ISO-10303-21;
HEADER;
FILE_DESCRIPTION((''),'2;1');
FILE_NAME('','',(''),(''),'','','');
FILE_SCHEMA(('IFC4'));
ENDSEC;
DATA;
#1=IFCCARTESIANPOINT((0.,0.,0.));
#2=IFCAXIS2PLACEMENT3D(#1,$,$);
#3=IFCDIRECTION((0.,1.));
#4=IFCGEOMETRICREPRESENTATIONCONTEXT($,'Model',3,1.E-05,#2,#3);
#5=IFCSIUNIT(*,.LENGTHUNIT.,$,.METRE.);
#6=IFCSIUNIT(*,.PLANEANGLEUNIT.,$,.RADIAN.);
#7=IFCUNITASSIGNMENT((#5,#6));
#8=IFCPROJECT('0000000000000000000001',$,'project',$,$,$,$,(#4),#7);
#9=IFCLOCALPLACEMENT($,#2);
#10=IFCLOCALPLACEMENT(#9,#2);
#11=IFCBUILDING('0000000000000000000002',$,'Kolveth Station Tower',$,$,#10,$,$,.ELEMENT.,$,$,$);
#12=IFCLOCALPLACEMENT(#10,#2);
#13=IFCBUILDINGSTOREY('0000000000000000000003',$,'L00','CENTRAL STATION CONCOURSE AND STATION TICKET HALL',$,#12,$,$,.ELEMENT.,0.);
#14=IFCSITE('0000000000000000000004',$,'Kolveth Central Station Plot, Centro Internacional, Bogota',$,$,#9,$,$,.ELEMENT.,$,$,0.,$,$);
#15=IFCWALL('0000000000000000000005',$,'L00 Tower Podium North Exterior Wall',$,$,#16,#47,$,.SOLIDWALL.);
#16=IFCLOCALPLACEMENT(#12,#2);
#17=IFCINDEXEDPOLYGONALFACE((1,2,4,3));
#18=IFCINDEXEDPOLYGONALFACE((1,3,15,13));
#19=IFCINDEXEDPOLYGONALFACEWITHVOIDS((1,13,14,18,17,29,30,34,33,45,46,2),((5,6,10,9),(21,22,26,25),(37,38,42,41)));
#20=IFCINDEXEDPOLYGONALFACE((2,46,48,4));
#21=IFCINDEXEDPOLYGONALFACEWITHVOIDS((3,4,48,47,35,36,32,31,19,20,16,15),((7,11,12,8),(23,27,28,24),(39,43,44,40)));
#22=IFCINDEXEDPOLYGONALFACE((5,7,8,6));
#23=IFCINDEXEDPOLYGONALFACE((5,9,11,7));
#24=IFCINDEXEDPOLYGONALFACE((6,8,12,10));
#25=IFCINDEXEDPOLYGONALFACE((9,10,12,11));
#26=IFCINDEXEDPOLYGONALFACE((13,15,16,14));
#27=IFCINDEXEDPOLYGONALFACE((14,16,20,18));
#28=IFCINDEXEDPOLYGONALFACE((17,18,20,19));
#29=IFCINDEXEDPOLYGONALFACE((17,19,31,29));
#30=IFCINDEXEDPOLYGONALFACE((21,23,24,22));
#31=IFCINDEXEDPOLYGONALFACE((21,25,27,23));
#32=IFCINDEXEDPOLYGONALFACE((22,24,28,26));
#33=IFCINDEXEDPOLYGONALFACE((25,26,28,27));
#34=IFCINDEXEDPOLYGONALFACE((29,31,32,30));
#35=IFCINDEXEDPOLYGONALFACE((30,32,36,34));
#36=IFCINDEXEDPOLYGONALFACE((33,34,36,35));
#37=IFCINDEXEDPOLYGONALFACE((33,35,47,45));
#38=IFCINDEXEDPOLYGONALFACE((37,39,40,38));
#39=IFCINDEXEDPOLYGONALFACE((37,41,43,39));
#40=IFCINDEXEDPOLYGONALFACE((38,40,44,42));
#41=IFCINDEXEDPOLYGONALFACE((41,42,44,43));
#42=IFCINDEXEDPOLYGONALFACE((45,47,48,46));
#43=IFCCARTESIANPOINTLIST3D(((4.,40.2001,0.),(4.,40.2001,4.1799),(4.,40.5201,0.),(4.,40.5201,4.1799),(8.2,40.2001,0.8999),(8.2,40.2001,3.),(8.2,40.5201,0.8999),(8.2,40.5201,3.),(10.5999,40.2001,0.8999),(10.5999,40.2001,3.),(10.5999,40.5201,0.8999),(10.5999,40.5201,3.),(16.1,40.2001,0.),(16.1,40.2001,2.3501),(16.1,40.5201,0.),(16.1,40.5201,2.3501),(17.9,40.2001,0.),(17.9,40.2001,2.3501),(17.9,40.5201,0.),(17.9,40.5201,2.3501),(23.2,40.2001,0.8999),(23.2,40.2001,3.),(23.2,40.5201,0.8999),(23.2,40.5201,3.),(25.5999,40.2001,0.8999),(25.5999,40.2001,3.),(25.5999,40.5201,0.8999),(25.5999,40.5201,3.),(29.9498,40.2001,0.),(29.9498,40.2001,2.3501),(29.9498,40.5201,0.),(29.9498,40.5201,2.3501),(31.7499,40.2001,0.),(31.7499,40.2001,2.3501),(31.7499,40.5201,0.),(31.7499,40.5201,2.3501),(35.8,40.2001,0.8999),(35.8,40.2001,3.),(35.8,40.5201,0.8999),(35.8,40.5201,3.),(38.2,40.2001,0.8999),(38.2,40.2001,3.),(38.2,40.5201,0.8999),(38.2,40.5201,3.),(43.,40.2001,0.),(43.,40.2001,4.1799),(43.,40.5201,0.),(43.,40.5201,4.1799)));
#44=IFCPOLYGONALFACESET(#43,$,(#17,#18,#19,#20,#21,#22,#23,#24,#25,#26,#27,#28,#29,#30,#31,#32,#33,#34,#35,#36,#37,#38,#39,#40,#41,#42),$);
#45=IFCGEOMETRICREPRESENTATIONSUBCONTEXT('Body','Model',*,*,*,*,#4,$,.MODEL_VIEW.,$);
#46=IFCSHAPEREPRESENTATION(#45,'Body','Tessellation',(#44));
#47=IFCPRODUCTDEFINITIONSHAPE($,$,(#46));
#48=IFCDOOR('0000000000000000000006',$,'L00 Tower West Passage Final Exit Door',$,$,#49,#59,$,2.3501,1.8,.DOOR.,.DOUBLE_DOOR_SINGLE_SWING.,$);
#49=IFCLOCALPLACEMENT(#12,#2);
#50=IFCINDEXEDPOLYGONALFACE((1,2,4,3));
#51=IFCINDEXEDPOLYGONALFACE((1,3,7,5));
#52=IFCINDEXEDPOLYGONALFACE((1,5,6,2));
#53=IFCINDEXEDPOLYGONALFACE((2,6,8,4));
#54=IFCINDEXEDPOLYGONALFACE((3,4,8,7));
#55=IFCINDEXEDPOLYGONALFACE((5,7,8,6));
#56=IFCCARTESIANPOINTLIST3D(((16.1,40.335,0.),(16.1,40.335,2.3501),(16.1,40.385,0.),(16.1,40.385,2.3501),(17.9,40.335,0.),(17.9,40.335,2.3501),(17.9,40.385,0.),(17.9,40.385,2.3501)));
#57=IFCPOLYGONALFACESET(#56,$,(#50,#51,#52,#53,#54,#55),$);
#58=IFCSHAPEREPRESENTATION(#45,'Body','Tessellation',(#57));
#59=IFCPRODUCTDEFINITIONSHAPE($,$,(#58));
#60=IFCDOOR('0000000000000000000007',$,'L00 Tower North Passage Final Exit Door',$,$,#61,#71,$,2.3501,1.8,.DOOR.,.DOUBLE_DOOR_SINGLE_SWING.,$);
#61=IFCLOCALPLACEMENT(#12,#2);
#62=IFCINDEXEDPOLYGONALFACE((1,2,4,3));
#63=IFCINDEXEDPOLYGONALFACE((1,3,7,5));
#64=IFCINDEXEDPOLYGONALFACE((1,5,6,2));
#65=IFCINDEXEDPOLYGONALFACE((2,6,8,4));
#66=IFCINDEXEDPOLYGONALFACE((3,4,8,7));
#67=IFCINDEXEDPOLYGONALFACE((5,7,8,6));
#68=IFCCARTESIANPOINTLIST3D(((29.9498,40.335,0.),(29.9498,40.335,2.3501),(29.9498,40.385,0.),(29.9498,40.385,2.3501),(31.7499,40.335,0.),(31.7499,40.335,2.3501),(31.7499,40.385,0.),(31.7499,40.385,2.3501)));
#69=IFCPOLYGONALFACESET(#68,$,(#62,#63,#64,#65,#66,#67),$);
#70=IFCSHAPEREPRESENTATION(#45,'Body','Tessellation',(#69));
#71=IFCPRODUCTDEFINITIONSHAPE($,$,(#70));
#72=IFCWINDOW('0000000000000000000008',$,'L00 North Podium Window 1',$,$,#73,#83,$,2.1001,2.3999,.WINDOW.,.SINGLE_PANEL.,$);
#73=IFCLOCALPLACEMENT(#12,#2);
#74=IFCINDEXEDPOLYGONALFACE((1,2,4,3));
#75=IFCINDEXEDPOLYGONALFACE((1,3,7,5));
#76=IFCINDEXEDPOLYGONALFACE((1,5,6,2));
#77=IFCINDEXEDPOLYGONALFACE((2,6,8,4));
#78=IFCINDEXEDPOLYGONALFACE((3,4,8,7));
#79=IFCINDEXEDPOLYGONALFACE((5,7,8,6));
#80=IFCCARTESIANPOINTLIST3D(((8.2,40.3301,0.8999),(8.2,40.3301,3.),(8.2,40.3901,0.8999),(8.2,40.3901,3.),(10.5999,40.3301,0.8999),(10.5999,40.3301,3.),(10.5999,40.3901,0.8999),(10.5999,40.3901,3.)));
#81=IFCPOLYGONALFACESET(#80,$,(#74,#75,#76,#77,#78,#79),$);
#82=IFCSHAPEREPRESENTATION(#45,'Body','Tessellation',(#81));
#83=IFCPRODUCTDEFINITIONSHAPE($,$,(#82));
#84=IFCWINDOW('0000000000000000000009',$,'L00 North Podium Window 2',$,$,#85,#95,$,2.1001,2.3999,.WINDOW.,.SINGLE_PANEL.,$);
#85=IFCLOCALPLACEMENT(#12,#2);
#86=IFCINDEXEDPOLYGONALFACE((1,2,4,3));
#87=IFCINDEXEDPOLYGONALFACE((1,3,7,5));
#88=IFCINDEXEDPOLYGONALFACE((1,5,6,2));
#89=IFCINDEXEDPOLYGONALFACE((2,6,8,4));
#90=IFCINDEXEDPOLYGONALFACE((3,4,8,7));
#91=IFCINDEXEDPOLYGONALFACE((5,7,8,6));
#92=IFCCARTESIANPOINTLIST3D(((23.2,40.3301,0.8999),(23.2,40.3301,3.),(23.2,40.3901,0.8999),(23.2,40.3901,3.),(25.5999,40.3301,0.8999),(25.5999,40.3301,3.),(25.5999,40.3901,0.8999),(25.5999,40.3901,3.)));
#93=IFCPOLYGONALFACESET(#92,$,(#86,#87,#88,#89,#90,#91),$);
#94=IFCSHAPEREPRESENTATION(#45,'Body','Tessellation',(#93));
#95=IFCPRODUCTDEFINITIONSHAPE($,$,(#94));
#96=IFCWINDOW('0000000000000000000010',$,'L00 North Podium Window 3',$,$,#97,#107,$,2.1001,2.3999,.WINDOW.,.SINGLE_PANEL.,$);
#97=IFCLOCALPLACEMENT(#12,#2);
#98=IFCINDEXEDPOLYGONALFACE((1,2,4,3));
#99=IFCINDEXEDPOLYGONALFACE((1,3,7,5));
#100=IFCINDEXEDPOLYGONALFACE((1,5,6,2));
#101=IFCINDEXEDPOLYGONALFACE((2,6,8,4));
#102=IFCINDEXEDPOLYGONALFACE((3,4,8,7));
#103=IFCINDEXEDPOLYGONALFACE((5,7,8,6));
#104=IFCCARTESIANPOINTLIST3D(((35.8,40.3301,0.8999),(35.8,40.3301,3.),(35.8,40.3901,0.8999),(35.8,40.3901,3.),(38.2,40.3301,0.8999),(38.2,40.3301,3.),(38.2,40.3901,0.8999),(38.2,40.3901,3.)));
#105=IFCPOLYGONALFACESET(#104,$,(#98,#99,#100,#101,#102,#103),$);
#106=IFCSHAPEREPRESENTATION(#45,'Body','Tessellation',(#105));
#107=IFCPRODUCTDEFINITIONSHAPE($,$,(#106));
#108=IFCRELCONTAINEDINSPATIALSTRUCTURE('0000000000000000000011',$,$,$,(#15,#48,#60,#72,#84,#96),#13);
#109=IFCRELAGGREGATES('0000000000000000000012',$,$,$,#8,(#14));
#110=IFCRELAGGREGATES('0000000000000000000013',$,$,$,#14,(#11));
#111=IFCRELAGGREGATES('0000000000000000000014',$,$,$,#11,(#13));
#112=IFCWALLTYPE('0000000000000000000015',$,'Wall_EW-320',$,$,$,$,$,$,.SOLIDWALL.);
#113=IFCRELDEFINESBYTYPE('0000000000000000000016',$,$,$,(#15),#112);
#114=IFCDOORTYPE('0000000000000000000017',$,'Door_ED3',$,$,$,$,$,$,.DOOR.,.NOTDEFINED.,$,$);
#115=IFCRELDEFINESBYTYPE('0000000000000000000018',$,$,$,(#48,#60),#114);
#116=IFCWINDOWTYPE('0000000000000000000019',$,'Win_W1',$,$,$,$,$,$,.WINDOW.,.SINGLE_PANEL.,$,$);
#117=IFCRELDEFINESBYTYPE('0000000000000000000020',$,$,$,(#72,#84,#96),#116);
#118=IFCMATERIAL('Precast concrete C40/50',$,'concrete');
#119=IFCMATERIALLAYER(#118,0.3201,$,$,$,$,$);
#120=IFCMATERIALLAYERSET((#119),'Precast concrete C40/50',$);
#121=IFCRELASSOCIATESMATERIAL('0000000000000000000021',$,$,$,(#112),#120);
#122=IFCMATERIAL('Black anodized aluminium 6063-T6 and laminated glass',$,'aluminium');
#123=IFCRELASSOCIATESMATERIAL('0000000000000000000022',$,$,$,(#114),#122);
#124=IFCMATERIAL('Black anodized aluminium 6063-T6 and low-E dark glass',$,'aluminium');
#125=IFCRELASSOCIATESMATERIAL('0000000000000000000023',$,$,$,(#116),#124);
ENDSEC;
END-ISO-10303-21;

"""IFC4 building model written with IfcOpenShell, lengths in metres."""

from ifc_helpers import new_model, si_unit, direction, frame, frame_2d, origin, place, context, subcontext, project, spatial, rectangle, extrude, material, layer, layer_set, type_object, element, fill, save


model = new_model("IFC4")

# Units and contexts
model_context = context("Model", 3, precision=1e-05, world=origin(), true_north=direction((0.0, 1.0)))
body_context = subcontext(model_context, "Body", "Model", "MODEL_VIEW")
ifc_project = project(units=[si_unit("LENGTHUNIT", "METRE"), si_unit("PLANEANGLEUNIT", "RADIAN")], contexts=[model_context])

# Site, building, storey
site_placement = place(None, origin())
site = spatial("IfcSite", under=ifc_project, at=site_placement, Name="Kolveth Central Station Plot, Centro Internacional, Bogota", CompositionType="ELEMENT", RefElevation=0.0)
building_placement = place(site_placement, origin())
building = spatial("IfcBuilding", under=site, at=building_placement, Name="Kolveth Station Tower", CompositionType="ELEMENT")
storey_placement = place(building_placement, origin())
storey = spatial("IfcBuildingStorey", under=building, at=storey_placement, Name="L00", Description="CENTRAL STATION CONCOURSE AND STATION TICKET HALL", CompositionType="ELEMENT", Elevation=0.0)

# Shared definitions
ifc_material_1 = material(Name="Precast concrete C40/50", Category="concrete")

# Wall, openings, doors, windows
ifc_layer_1 = layer(ifc_material_1, 0.3201)
ifc_layer_set_1 = layer_set([ifc_layer_1], Name="Precast concrete C40/50")
wall_type_1 = type_object("IfcWallType", Name="Wall_EW-320", PredefinedType="SOLIDWALL", material=ifc_layer_set_1)
wall_placement = place(storey_placement, frame((4.0, 40.3601, 0.0), z_axis=(0.0, 0.0, 1.0), x_axis=(1.0, 0.0, 0.0)))
wall = element("IfcWall", 1, at=wall_placement, inside=storey, type_object=wall_type_1, Name="L00 Tower Podium North Exterior Wall", PredefinedType="SOLIDWALL", context=body_context, shape_type="SweptSolid", body=[
    extrude(rectangle(XDim=39.0, YDim=0.3201, at=frame_2d((19.5, 0.0))), origin(), (0.0, 0.0, 1.0), 4.1799),
])
opening_1_placement = place(wall_placement, frame((12.1001, 0.0, 0.0)))
opening_1 = element("IfcOpeningElement", 2, at=opening_1_placement, cuts=wall, PredefinedType="OPENING", context=body_context, shape_type="SweptSolid", body=[
    extrude(rectangle(XDim=1.8, YDim=2.3501, at=frame_2d((0.8999, 1.175))), frame((0.0, 0.1699, 0.0), z_axis=(0.0, -1.0, 0.0), x_axis=(1.0, 0.0, 0.0)), (0.0, 0.0, 1.0), 0.3401),
])
opening_2_placement = place(wall_placement, frame((25.95, 0.0, 0.0)))
opening_2 = element("IfcOpeningElement", 3, at=opening_2_placement, cuts=wall, PredefinedType="OPENING", context=body_context, shape_type="SweptSolid", body=[
    extrude(rectangle(XDim=1.8, YDim=2.3501, at=frame_2d((0.8999, 1.175))), frame((0.0, 0.1699, 0.0), z_axis=(0.0, -1.0, 0.0), x_axis=(1.0, 0.0, 0.0)), (0.0, 0.0, 1.0), 0.3401),
])
opening_3_placement = place(wall_placement, frame((4.2, 0.0, 0.8999)))
opening_3 = element("IfcOpeningElement", 4, at=opening_3_placement, cuts=wall, PredefinedType="OPENING", context=body_context, shape_type="SweptSolid", body=[
    extrude(rectangle(XDim=2.3999, YDim=2.1001, at=frame_2d((1.2, 1.05))), frame((0.0, 0.1699, 0.0), z_axis=(0.0, -1.0, 0.0), x_axis=(1.0, 0.0, 0.0)), (0.0, 0.0, 1.0), 0.3401),
])
opening_4_placement = place(wall_placement, frame((19.2, 0.0, 0.8999)))
opening_4 = element("IfcOpeningElement", 5, at=opening_4_placement, cuts=wall, PredefinedType="OPENING", context=body_context, shape_type="SweptSolid", body=[
    extrude(rectangle(XDim=2.3999, YDim=2.1001, at=frame_2d((1.2, 1.05))), frame((0.0, 0.1699, 0.0), z_axis=(0.0, -1.0, 0.0), x_axis=(1.0, 0.0, 0.0)), (0.0, 0.0, 1.0), 0.3401),
])
opening_5_placement = place(wall_placement, frame((31.8, 0.0, 0.8999)))
opening_5 = element("IfcOpeningElement", 6, at=opening_5_placement, cuts=wall, PredefinedType="OPENING", context=body_context, shape_type="SweptSolid", body=[
    extrude(rectangle(XDim=2.3999, YDim=2.1001, at=frame_2d((1.2, 1.05))), frame((0.0, 0.1699, 0.0), z_axis=(0.0, -1.0, 0.0), x_axis=(1.0, 0.0, 0.0)), (0.0, 0.0, 1.0), 0.3401),
])
ifc_material_2 = material(Name="Black anodized aluminium 6063-T6 and laminated glass", Category="aluminium")
door_type = type_object("IfcDoorType", Name="Door_ED3", OperationType="NOTDEFINED", PredefinedType="DOOR", material=ifc_material_2)
door_1_placement = place(opening_1_placement, origin())
door_1 = element("IfcDoor", 7, at=door_1_placement, inside=storey, type_object=door_type, Name="L00 Tower West Passage Final Exit Door", OperationType="DOUBLE_DOOR_SINGLE_SWING", OverallHeight=2.3501, OverallWidth=1.8, PredefinedType="DOOR", context=body_context, shape_type="SweptSolid", body=[
    extrude(rectangle(XDim=1.8, YDim=2.3501, at=frame_2d((0.8999, 1.175))), frame((0.0, 0.0249, 0.0), z_axis=(0.0, -1.0, 0.0), x_axis=(1.0, 0.0, 0.0)), (0.0, 0.0, 1.0), 0.05),
])
fill(opening_1, door_1)
door_2_placement = place(opening_2_placement, origin())
door_2 = element("IfcDoor", 8, at=door_2_placement, inside=storey, type_object=door_type, Name="L00 Tower North Passage Final Exit Door", OperationType="DOUBLE_DOOR_SINGLE_SWING", OverallHeight=2.3501, OverallWidth=1.8, PredefinedType="DOOR", context=body_context, shape_type="SweptSolid", body=[
    extrude(rectangle(XDim=1.8, YDim=2.3501, at=frame_2d((0.8999, 1.175))), frame((0.0, 0.0249, 0.0), z_axis=(0.0, -1.0, 0.0), x_axis=(1.0, 0.0, 0.0)), (0.0, 0.0, 1.0), 0.05),
])
fill(opening_2, door_2)
ifc_material_3 = material(Name="Black anodized aluminium 6063-T6 and low-E dark glass", Category="aluminium")
window_type = type_object("IfcWindowType", Name="Win_W1", PartitioningType="SINGLE_PANEL", PredefinedType="WINDOW", material=ifc_material_3)
window_1_placement = place(opening_3_placement, origin())
window_1 = element("IfcWindow", 9, at=window_1_placement, inside=storey, type_object=window_type, Name="L00 North Podium Window 1", OverallHeight=2.1001, OverallWidth=2.3999, PartitioningType="SINGLE_PANEL", PredefinedType="WINDOW", context=body_context, shape_type="SweptSolid", body=[
    extrude(rectangle(XDim=2.3999, YDim=2.1001, at=frame_2d((1.2, 1.05))), frame((0.0, 0.03, 0.0), z_axis=(0.0, -1.0, 0.0), x_axis=(1.0, 0.0, 0.0)), (0.0, 0.0, 1.0), 0.0601),
])
fill(opening_3, window_1)
window_2_placement = place(opening_4_placement, origin())
window_2 = element("IfcWindow", 10, at=window_2_placement, inside=storey, type_object=window_type, Name="L00 North Podium Window 2", OverallHeight=2.1001, OverallWidth=2.3999, PartitioningType="SINGLE_PANEL", PredefinedType="WINDOW", context=body_context, shape_type="SweptSolid", body=[
    extrude(rectangle(XDim=2.3999, YDim=2.1001, at=frame_2d((1.2, 1.05))), frame((0.0, 0.03, 0.0), z_axis=(0.0, -1.0, 0.0), x_axis=(1.0, 0.0, 0.0)), (0.0, 0.0, 1.0), 0.0601),
])
fill(opening_4, window_2)
window_3_placement = place(opening_5_placement, origin())
window_3 = element("IfcWindow", 11, at=window_3_placement, inside=storey, type_object=window_type, Name="L00 North Podium Window 3", OverallHeight=2.1001, OverallWidth=2.3999, PartitioningType="SINGLE_PANEL", PredefinedType="WINDOW", context=body_context, shape_type="SweptSolid", body=[
    extrude(rectangle(XDim=2.3999, YDim=2.1001, at=frame_2d((1.2, 1.05))), frame((0.0, 0.03, 0.0), z_axis=(0.0, -1.0, 0.0), x_axis=(1.0, 0.0, 0.0)), (0.0, 0.0, 1.0), 0.0601),
])
fill(opening_5, window_3)

save(model, "model.ifc")
